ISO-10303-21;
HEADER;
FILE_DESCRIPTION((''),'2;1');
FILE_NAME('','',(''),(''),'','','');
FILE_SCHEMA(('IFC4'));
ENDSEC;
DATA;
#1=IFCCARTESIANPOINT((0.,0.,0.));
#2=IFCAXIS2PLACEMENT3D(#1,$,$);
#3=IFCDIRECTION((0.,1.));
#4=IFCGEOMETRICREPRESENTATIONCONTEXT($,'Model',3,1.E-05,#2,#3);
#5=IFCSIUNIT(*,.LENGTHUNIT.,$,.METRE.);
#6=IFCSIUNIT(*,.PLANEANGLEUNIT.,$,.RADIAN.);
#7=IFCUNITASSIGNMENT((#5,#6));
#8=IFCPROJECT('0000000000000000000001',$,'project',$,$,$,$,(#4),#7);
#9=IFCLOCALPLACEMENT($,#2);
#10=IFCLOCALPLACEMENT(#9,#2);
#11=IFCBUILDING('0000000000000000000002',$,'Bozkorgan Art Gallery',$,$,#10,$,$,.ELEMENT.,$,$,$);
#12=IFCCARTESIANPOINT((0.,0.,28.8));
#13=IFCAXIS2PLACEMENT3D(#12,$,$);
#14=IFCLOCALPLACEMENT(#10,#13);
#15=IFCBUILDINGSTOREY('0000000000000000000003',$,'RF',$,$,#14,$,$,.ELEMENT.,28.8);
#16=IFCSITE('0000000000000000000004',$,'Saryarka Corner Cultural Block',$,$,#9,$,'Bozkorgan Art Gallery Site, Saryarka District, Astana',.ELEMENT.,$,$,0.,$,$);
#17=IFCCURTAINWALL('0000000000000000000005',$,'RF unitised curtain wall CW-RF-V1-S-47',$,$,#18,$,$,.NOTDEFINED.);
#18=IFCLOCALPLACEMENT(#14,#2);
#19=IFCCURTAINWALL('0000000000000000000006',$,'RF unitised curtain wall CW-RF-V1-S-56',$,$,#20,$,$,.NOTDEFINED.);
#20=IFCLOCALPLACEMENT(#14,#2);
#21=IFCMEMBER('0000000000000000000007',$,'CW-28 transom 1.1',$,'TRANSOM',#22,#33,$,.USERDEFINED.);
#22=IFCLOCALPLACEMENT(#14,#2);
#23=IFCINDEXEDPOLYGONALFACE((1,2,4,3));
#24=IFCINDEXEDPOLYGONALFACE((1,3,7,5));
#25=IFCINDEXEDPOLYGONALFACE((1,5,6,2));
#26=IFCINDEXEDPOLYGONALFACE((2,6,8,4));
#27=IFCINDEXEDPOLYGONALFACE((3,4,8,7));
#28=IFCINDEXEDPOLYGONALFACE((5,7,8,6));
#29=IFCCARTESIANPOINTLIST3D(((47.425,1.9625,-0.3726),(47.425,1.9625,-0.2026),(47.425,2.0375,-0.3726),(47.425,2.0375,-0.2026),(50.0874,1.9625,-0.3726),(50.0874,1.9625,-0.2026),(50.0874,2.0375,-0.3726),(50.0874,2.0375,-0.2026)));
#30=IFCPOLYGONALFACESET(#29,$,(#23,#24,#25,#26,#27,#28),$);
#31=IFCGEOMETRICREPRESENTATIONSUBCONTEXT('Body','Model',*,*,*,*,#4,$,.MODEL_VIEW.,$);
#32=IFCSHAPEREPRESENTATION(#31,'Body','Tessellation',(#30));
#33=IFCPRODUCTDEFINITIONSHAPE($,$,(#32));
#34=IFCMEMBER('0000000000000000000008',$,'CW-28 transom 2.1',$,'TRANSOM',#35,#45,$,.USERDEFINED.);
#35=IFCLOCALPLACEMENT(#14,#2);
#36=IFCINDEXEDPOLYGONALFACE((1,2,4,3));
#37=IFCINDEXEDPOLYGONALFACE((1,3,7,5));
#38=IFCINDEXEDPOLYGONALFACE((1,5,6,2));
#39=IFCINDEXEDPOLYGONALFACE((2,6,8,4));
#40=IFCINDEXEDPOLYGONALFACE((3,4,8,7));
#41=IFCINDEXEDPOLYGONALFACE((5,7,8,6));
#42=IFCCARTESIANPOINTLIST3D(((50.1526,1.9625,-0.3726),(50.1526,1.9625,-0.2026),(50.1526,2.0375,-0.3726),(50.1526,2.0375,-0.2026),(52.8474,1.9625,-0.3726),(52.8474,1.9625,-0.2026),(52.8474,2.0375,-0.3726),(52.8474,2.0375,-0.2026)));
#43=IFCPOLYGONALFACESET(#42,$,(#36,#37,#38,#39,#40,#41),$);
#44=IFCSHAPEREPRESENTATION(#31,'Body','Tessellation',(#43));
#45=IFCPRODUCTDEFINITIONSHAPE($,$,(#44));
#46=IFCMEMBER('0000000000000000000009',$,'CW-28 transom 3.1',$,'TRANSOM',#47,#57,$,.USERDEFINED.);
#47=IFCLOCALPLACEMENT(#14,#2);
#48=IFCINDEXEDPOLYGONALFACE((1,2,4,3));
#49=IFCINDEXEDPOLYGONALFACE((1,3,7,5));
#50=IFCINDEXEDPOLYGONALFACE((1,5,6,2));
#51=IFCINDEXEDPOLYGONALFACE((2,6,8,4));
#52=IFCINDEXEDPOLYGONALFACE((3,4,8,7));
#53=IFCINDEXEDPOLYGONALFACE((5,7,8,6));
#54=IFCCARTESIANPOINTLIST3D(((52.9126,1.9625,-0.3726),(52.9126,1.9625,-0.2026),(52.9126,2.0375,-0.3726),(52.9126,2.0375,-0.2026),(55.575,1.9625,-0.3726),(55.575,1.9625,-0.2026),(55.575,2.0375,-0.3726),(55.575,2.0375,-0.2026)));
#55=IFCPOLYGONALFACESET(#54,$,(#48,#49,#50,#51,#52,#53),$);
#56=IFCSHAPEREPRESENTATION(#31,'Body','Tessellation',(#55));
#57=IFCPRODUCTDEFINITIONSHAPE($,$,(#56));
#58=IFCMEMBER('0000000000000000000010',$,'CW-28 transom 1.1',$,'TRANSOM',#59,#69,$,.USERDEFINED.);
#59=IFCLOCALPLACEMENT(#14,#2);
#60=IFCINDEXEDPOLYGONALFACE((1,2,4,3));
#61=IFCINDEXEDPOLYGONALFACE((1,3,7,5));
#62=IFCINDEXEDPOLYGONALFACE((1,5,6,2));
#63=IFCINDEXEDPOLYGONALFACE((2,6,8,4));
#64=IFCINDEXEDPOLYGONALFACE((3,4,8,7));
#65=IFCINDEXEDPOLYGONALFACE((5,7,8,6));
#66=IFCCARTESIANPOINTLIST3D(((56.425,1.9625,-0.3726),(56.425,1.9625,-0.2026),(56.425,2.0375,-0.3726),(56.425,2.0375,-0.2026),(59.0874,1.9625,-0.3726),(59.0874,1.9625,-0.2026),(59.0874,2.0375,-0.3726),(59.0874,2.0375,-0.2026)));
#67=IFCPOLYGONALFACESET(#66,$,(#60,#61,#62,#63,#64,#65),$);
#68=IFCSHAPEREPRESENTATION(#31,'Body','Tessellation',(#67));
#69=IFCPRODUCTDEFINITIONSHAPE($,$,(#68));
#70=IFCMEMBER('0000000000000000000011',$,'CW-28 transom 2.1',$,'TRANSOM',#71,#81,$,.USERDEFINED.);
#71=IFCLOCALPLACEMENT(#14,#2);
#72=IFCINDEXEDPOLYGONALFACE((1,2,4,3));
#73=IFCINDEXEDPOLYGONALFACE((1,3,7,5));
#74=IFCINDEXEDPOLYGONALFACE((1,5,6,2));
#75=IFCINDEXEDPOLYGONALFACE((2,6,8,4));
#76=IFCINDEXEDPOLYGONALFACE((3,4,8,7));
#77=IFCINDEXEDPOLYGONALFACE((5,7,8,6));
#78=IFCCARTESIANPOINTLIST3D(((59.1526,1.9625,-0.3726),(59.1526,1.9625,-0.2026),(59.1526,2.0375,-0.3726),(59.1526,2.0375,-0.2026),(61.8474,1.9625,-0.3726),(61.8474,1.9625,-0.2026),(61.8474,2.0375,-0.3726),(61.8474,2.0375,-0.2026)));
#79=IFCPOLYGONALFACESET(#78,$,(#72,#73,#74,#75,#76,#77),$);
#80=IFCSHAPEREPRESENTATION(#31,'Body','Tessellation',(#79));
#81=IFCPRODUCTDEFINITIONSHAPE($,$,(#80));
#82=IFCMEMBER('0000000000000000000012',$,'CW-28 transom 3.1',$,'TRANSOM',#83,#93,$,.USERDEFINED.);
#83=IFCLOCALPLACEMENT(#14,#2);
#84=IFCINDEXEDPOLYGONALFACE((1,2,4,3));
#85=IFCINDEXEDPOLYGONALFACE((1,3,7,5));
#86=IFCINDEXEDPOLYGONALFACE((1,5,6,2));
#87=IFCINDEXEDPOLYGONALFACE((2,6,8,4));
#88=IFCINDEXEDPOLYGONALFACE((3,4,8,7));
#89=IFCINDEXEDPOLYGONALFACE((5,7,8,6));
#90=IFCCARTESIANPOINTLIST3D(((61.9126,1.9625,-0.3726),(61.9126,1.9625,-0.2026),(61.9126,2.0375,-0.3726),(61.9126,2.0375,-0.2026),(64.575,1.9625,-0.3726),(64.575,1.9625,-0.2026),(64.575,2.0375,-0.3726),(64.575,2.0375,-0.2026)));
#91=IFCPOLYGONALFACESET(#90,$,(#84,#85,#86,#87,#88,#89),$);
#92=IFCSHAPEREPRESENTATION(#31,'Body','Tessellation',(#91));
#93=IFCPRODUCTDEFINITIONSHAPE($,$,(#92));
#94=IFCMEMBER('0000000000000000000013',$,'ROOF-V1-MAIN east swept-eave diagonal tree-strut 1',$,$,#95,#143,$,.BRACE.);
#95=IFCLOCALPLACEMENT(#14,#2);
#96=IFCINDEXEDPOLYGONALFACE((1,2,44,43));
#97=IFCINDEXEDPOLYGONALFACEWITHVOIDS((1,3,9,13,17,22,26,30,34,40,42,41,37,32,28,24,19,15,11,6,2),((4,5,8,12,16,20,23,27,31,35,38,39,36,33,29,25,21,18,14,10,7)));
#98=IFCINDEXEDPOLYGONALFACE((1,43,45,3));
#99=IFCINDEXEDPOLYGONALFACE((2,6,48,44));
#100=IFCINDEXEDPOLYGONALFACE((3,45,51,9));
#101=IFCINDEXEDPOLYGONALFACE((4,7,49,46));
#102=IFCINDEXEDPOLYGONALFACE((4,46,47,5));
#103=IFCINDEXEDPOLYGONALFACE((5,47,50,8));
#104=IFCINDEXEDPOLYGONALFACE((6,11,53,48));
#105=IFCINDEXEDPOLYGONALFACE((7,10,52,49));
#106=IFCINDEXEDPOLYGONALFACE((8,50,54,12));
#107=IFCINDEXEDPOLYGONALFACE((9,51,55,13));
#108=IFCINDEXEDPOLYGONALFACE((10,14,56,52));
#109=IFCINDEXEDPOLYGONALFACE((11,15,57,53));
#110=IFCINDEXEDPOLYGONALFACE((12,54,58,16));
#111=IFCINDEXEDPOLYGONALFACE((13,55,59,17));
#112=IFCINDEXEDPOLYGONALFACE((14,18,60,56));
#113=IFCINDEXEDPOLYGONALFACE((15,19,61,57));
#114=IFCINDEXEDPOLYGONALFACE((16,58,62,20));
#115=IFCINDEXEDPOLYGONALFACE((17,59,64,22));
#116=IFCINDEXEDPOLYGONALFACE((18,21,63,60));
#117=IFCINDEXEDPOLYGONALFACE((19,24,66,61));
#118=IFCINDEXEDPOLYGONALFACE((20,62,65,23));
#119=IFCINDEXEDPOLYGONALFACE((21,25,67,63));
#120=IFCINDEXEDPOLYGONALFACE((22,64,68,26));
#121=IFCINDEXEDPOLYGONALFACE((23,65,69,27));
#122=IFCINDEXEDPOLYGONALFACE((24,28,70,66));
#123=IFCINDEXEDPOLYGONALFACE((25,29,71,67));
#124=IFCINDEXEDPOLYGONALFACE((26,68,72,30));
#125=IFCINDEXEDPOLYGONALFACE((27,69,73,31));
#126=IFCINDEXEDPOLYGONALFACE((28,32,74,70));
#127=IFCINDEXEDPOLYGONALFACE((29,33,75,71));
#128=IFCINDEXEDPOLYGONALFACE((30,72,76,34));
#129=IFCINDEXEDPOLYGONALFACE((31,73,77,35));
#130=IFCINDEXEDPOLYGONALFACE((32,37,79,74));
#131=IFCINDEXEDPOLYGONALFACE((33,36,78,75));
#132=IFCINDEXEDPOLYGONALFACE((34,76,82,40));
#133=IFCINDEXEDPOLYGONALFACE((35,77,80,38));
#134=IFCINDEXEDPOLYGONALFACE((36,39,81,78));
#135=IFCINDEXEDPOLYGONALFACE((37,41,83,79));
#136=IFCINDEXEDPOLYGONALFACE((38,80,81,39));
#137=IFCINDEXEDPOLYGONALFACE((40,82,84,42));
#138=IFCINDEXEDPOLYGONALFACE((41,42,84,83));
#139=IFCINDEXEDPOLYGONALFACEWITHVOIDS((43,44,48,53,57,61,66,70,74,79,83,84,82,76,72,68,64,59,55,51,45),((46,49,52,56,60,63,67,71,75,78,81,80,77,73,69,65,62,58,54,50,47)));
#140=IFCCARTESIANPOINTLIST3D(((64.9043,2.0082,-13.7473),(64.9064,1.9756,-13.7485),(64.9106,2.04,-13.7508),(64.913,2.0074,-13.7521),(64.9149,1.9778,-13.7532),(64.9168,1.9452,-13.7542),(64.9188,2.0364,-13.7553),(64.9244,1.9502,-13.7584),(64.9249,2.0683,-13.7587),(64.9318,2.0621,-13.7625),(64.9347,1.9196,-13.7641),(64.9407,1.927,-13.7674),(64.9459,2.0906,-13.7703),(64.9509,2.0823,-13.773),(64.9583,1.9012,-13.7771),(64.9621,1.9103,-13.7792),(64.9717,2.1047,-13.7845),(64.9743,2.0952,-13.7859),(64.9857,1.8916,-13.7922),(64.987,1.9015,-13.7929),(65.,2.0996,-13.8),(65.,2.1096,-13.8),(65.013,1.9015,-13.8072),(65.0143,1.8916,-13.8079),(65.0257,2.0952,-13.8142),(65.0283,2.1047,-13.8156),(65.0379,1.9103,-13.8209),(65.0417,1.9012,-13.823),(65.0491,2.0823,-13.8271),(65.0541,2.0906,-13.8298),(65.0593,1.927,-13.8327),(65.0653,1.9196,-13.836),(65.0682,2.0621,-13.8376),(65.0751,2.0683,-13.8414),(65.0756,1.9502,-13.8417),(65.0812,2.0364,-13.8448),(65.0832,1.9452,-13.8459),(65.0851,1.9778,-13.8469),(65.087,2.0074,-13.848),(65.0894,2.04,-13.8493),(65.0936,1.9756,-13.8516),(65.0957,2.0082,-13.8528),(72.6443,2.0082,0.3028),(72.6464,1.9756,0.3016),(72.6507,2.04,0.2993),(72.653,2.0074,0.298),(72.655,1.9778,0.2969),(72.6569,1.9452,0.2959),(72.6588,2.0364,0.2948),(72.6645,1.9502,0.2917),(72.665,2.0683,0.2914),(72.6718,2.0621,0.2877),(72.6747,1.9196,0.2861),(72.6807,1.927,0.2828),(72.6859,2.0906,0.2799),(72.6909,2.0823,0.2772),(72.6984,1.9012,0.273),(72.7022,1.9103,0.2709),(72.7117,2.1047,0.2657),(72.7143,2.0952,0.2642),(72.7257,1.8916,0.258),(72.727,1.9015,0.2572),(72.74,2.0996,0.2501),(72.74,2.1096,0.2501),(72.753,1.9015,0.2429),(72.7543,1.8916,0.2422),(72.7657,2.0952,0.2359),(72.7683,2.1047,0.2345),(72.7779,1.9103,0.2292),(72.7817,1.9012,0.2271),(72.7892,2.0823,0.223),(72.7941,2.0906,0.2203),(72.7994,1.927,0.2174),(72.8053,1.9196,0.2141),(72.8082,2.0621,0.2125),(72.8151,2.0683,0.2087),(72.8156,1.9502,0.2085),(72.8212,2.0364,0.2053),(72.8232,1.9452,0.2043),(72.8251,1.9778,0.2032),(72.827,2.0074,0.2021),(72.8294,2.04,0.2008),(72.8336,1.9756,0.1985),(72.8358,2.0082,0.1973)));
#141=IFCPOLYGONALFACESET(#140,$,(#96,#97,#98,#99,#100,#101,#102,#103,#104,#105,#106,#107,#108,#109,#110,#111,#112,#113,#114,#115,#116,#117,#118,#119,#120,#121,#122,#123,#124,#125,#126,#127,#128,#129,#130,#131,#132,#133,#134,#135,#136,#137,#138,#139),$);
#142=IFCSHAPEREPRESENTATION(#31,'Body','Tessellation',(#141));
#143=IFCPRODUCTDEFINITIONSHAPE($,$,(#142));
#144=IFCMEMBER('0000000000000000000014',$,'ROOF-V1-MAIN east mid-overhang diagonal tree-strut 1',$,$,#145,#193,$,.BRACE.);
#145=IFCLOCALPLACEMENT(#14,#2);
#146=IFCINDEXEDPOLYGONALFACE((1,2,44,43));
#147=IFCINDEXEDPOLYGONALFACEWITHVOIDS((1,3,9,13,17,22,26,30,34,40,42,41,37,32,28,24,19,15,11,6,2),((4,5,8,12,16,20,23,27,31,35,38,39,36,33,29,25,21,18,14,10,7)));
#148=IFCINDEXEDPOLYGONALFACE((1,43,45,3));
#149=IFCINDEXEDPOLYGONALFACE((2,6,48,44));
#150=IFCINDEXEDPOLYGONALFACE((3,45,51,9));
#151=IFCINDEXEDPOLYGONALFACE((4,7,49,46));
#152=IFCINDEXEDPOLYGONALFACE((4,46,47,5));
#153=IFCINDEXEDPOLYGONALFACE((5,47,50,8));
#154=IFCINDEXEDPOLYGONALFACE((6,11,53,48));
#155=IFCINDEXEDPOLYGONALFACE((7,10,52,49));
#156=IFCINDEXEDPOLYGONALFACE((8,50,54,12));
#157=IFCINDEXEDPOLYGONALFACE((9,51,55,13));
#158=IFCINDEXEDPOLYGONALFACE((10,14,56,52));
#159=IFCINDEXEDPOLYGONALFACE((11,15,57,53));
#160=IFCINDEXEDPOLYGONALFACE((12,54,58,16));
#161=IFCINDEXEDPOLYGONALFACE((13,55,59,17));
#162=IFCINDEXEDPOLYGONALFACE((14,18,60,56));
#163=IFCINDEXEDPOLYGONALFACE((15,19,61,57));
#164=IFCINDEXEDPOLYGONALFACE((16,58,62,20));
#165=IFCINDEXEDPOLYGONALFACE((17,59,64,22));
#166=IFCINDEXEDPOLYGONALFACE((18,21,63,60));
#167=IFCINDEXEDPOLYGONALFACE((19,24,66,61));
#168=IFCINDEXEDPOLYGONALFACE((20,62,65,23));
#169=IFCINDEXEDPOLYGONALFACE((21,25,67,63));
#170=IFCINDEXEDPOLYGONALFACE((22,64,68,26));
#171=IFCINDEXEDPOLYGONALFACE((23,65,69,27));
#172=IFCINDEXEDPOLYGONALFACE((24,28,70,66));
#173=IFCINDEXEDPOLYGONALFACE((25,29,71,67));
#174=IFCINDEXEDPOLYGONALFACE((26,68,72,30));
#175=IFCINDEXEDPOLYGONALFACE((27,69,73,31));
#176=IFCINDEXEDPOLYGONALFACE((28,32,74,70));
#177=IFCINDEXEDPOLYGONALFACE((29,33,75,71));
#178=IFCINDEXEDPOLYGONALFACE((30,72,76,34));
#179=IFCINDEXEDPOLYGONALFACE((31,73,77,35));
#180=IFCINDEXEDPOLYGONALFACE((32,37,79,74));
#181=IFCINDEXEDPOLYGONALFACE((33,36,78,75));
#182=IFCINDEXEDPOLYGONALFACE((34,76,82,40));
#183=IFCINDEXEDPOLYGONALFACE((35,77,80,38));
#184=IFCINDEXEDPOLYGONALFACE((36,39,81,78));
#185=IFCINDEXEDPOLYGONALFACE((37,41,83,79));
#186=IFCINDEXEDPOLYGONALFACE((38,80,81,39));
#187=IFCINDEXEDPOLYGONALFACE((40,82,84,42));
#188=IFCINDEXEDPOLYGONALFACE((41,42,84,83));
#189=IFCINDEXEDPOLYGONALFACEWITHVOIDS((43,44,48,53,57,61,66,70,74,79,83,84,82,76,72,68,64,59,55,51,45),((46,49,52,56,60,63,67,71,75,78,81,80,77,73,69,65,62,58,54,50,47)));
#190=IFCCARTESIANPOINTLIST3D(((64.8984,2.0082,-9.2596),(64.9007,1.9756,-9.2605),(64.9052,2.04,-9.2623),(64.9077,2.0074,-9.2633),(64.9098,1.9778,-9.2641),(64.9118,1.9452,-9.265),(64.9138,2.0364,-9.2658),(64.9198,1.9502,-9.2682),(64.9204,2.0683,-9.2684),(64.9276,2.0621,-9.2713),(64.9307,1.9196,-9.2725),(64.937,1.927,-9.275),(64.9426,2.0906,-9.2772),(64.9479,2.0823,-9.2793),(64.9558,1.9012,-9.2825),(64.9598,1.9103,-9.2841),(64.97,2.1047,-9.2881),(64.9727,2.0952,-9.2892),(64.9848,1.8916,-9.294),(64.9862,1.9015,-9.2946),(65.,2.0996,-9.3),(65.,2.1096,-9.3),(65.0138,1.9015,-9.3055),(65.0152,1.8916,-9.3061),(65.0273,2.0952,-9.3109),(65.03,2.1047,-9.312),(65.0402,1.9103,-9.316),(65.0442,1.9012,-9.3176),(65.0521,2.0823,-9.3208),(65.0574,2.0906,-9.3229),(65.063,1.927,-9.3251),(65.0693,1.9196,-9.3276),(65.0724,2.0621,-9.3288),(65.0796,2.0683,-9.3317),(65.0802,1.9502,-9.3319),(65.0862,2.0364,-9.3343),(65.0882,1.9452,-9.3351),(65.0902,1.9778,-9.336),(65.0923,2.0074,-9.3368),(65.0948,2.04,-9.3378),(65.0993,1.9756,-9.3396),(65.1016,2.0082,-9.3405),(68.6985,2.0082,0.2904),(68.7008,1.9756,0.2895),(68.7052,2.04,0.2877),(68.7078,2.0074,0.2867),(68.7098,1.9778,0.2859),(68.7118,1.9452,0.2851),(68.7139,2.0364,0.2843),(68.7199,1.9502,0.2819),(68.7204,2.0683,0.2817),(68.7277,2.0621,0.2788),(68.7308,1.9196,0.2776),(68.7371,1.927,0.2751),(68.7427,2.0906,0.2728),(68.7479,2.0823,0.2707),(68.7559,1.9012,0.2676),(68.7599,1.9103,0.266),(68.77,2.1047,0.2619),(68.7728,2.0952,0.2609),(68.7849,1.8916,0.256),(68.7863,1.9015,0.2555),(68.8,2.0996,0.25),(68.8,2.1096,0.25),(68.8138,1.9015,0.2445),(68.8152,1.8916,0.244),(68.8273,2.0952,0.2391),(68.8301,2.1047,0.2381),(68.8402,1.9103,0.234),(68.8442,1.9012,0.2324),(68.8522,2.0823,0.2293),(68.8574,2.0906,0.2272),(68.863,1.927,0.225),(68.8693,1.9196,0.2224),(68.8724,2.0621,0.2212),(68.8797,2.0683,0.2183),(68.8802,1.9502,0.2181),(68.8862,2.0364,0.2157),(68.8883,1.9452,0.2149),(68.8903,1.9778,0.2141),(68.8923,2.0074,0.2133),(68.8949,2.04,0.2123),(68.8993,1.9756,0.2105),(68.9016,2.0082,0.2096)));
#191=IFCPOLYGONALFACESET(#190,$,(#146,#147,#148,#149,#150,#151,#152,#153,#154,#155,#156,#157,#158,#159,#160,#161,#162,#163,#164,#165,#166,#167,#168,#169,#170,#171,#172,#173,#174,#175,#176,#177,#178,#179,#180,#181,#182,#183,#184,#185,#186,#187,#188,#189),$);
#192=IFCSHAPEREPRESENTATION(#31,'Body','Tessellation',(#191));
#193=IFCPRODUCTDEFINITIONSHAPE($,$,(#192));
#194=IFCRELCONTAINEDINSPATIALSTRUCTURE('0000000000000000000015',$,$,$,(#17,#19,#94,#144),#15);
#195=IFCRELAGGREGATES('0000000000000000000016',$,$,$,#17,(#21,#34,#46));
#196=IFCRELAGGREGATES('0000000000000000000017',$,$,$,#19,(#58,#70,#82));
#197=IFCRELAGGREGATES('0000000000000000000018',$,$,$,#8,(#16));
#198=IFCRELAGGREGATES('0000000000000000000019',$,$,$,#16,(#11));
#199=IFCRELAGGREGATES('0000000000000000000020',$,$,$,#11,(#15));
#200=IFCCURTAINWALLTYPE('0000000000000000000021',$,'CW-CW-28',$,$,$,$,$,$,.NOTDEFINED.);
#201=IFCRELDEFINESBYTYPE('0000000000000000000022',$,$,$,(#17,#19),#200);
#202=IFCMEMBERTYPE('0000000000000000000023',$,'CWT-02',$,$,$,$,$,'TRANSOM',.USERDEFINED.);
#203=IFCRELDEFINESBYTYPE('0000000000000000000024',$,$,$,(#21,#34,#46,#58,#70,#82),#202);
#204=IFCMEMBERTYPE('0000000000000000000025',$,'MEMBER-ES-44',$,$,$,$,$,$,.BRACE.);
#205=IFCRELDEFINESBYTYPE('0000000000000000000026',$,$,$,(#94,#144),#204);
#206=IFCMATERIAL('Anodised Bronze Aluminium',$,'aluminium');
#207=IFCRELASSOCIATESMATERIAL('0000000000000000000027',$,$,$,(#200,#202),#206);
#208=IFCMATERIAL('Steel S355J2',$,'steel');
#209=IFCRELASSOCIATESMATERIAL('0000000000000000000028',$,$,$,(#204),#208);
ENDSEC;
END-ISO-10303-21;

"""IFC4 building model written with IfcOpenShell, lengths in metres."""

from ifc_helpers import new_model, si_unit, direction, frame, origin, origin_2d, place, context, subcontext, project, spatial, rectangle, hollow_circle, extrude, material, material_profile, profile_set, type_object, element, aggregate, save


model = new_model("IFC4")

# Units and contexts
model_context = context("Model", 3, precision=1e-05, world=origin(), true_north=direction((0.0, 1.0)))
body_context = subcontext(model_context, "Body", "Model", "MODEL_VIEW")
ifc_project = project(units=[si_unit("LENGTHUNIT", "METRE"), si_unit("PLANEANGLEUNIT", "RADIAN")], contexts=[model_context])

# Site, building, storey
site_placement = place(None, origin())
site = spatial("IfcSite", under=ifc_project, at=site_placement, Name="Saryarka Corner Cultural Block", LongName="Bozkorgan Art Gallery Site, Saryarka District, Astana", CompositionType="ELEMENT", RefElevation=0.0)
building_placement = place(site_placement, origin())
building = spatial("IfcBuilding", under=site, at=building_placement, Name="Bozkorgan Art Gallery", CompositionType="ELEMENT")
storey_placement = place(building_placement, frame((0.0, 0.0, 28.8)))
storey = spatial("IfcBuildingStorey", under=building, at=storey_placement, Name="RF", CompositionType="ELEMENT", Elevation=28.8)

# Shared definitions
ifc_material_1 = material(Name="Steel S355J2", Category="steel")

# Curtain walls
ifc_material_2 = material(Name="Anodised Bronze Aluminium", Category="aluminium")
curtain_wall_type = type_object("IfcCurtainWallType", Name="CW-CW-28", PredefinedType="NOTDEFINED", material=ifc_material_2)
curtain_wall_1_placement = place(storey_placement, origin())
curtain_wall_1 = element("IfcCurtainWall", 1, at=curtain_wall_1_placement, inside=storey, type_object=curtain_wall_type, Name="RF unitised curtain wall CW-RF-V1-S-47", PredefinedType="NOTDEFINED")
curtain_wall_2_placement = place(storey_placement, origin())
curtain_wall_2 = element("IfcCurtainWall", 2, at=curtain_wall_2_placement, inside=storey, type_object=curtain_wall_type, Name="RF unitised curtain wall CW-RF-V1-S-56", PredefinedType="NOTDEFINED")

# Members
ifc_material_profile_1 = material_profile(ifc_material_2, rectangle(XDim=0.075, YDim=0.1699, at=origin_2d()), Name="ALU TRANSOM 75x170")
ifc_profile_set_1 = profile_set([ifc_material_profile_1], Name="Anodised Bronze Aluminium")
member_type_1 = type_object("IfcMemberType", Name="CWT-02", ElementType="TRANSOM", PredefinedType="USERDEFINED", material=ifc_profile_set_1)
member_1_placement = place(storey_placement, frame((47.425, 2.0, -0.2876), z_axis=(1.0, 0.0, 0.0), x_axis=(0.0, 1.0, 0.0)))
member_1 = element("IfcMember", 3, at=member_1_placement, type_object=member_type_1, Name="CW-28 transom 1.1", ObjectType="TRANSOM", PredefinedType="USERDEFINED", context=body_context, shape_type="SweptSolid", body=[
    extrude(rectangle(XDim=0.075, YDim=0.1699, at=origin_2d()), origin(), (0.0, 0.0, 1.0), 2.6624),
])
member_2_placement = place(storey_placement, frame((50.1526, 2.0, -0.2876), z_axis=(1.0, 0.0, 0.0), x_axis=(0.0, 1.0, 0.0)))
member_2 = element("IfcMember", 4, at=member_2_placement, type_object=member_type_1, Name="CW-28 transom 2.1", ObjectType="TRANSOM", PredefinedType="USERDEFINED", context=body_context, shape_type="SweptSolid", body=[
    extrude(rectangle(XDim=0.075, YDim=0.1699, at=origin_2d()), origin(), (0.0, 0.0, 1.0), 2.6948),
])
member_3_placement = place(storey_placement, frame((52.9126, 2.0, -0.2876), z_axis=(1.0, 0.0, 0.0), x_axis=(0.0, 1.0, 0.0)))
member_3 = element("IfcMember", 5, at=member_3_placement, type_object=member_type_1, Name="CW-28 transom 3.1", ObjectType="TRANSOM", PredefinedType="USERDEFINED", context=body_context, shape_type="SweptSolid", body=[
    extrude(rectangle(XDim=0.075, YDim=0.1699, at=origin_2d()), origin(), (0.0, 0.0, 1.0), 2.6624),
])
member_4_placement = place(storey_placement, frame((56.425, 2.0, -0.2876), z_axis=(1.0, 0.0, 0.0), x_axis=(0.0, 1.0, 0.0)))
member_4 = element("IfcMember", 6, at=member_4_placement, type_object=member_type_1, Name="CW-28 transom 1.1", ObjectType="TRANSOM", PredefinedType="USERDEFINED", context=body_context, shape_type="SweptSolid", body=[
    extrude(rectangle(XDim=0.075, YDim=0.1699, at=origin_2d()), origin(), (0.0, 0.0, 1.0), 2.6624),
])
member_5_placement = place(storey_placement, frame((59.1526, 2.0, -0.2876), z_axis=(1.0, 0.0, 0.0), x_axis=(0.0, 1.0, 0.0)))
member_5 = element("IfcMember", 7, at=member_5_placement, type_object=member_type_1, Name="CW-28 transom 2.1", ObjectType="TRANSOM", PredefinedType="USERDEFINED", context=body_context, shape_type="SweptSolid", body=[
    extrude(rectangle(XDim=0.075, YDim=0.1699, at=origin_2d()), origin(), (0.0, 0.0, 1.0), 2.6948),
])
member_6_placement = place(storey_placement, frame((61.9126, 2.0, -0.2876), z_axis=(1.0, 0.0, 0.0), x_axis=(0.0, 1.0, 0.0)))
member_6 = element("IfcMember", 8, at=member_6_placement, type_object=member_type_1, Name="CW-28 transom 3.1", ObjectType="TRANSOM", PredefinedType="USERDEFINED", context=body_context, shape_type="SweptSolid", body=[
    extrude(rectangle(XDim=0.075, YDim=0.1699, at=origin_2d()), origin(), (0.0, 0.0, 1.0), 2.6624),
])

# Members
ifc_material_profile_2 = material_profile(ifc_material_1, hollow_circle(Radius=0.1096, WallThickness=0.01, at=origin_2d()), Name="CHS 219.1x10")
ifc_profile_set_2 = profile_set([ifc_material_profile_2], Name="Steel S355J2")
member_type_2 = type_object("IfcMemberType", Name="MEMBER-ES-44", PredefinedType="BRACE", material=ifc_profile_set_2)
member_7_placement = place(storey_placement, frame((65.0, 2.0, -13.8), z_axis=(0.482515, 0.0, 0.875888), x_axis=(0.0, 1.0, 0.0)))
element("IfcMember", 9, at=member_7_placement, inside=storey, type_object=member_type_2, Name="ROOF-V1-MAIN east swept-eave diagonal tree-strut 1", PredefinedType="BRACE", context=body_context, shape_type="SweptSolid", body=[
    extrude(hollow_circle(Radius=0.1096, WallThickness=0.01, at=origin_2d()), origin(), (0.0, 0.0, 1.0), 16.041),
])
member_8_placement = place(storey_placement, frame((65.0, 2.0, -9.3), z_axis=(0.369715, 0.0, 0.929145), x_axis=(0.0, 1.0, 0.0)))
element("IfcMember", 10, at=member_8_placement, inside=storey, type_object=member_type_2, Name="ROOF-V1-MAIN east mid-overhang diagonal tree-strut 1", PredefinedType="BRACE", context=body_context, shape_type="SweptSolid", body=[
    extrude(hollow_circle(Radius=0.1096, WallThickness=0.01, at=origin_2d()), origin(), (0.0, 0.0, 1.0), 10.2783),
])

aggregate(curtain_wall_1, [member_1, member_2, member_3])
aggregate(curtain_wall_2, [member_4, member_5, member_6])

save(model, "model.ifc")
